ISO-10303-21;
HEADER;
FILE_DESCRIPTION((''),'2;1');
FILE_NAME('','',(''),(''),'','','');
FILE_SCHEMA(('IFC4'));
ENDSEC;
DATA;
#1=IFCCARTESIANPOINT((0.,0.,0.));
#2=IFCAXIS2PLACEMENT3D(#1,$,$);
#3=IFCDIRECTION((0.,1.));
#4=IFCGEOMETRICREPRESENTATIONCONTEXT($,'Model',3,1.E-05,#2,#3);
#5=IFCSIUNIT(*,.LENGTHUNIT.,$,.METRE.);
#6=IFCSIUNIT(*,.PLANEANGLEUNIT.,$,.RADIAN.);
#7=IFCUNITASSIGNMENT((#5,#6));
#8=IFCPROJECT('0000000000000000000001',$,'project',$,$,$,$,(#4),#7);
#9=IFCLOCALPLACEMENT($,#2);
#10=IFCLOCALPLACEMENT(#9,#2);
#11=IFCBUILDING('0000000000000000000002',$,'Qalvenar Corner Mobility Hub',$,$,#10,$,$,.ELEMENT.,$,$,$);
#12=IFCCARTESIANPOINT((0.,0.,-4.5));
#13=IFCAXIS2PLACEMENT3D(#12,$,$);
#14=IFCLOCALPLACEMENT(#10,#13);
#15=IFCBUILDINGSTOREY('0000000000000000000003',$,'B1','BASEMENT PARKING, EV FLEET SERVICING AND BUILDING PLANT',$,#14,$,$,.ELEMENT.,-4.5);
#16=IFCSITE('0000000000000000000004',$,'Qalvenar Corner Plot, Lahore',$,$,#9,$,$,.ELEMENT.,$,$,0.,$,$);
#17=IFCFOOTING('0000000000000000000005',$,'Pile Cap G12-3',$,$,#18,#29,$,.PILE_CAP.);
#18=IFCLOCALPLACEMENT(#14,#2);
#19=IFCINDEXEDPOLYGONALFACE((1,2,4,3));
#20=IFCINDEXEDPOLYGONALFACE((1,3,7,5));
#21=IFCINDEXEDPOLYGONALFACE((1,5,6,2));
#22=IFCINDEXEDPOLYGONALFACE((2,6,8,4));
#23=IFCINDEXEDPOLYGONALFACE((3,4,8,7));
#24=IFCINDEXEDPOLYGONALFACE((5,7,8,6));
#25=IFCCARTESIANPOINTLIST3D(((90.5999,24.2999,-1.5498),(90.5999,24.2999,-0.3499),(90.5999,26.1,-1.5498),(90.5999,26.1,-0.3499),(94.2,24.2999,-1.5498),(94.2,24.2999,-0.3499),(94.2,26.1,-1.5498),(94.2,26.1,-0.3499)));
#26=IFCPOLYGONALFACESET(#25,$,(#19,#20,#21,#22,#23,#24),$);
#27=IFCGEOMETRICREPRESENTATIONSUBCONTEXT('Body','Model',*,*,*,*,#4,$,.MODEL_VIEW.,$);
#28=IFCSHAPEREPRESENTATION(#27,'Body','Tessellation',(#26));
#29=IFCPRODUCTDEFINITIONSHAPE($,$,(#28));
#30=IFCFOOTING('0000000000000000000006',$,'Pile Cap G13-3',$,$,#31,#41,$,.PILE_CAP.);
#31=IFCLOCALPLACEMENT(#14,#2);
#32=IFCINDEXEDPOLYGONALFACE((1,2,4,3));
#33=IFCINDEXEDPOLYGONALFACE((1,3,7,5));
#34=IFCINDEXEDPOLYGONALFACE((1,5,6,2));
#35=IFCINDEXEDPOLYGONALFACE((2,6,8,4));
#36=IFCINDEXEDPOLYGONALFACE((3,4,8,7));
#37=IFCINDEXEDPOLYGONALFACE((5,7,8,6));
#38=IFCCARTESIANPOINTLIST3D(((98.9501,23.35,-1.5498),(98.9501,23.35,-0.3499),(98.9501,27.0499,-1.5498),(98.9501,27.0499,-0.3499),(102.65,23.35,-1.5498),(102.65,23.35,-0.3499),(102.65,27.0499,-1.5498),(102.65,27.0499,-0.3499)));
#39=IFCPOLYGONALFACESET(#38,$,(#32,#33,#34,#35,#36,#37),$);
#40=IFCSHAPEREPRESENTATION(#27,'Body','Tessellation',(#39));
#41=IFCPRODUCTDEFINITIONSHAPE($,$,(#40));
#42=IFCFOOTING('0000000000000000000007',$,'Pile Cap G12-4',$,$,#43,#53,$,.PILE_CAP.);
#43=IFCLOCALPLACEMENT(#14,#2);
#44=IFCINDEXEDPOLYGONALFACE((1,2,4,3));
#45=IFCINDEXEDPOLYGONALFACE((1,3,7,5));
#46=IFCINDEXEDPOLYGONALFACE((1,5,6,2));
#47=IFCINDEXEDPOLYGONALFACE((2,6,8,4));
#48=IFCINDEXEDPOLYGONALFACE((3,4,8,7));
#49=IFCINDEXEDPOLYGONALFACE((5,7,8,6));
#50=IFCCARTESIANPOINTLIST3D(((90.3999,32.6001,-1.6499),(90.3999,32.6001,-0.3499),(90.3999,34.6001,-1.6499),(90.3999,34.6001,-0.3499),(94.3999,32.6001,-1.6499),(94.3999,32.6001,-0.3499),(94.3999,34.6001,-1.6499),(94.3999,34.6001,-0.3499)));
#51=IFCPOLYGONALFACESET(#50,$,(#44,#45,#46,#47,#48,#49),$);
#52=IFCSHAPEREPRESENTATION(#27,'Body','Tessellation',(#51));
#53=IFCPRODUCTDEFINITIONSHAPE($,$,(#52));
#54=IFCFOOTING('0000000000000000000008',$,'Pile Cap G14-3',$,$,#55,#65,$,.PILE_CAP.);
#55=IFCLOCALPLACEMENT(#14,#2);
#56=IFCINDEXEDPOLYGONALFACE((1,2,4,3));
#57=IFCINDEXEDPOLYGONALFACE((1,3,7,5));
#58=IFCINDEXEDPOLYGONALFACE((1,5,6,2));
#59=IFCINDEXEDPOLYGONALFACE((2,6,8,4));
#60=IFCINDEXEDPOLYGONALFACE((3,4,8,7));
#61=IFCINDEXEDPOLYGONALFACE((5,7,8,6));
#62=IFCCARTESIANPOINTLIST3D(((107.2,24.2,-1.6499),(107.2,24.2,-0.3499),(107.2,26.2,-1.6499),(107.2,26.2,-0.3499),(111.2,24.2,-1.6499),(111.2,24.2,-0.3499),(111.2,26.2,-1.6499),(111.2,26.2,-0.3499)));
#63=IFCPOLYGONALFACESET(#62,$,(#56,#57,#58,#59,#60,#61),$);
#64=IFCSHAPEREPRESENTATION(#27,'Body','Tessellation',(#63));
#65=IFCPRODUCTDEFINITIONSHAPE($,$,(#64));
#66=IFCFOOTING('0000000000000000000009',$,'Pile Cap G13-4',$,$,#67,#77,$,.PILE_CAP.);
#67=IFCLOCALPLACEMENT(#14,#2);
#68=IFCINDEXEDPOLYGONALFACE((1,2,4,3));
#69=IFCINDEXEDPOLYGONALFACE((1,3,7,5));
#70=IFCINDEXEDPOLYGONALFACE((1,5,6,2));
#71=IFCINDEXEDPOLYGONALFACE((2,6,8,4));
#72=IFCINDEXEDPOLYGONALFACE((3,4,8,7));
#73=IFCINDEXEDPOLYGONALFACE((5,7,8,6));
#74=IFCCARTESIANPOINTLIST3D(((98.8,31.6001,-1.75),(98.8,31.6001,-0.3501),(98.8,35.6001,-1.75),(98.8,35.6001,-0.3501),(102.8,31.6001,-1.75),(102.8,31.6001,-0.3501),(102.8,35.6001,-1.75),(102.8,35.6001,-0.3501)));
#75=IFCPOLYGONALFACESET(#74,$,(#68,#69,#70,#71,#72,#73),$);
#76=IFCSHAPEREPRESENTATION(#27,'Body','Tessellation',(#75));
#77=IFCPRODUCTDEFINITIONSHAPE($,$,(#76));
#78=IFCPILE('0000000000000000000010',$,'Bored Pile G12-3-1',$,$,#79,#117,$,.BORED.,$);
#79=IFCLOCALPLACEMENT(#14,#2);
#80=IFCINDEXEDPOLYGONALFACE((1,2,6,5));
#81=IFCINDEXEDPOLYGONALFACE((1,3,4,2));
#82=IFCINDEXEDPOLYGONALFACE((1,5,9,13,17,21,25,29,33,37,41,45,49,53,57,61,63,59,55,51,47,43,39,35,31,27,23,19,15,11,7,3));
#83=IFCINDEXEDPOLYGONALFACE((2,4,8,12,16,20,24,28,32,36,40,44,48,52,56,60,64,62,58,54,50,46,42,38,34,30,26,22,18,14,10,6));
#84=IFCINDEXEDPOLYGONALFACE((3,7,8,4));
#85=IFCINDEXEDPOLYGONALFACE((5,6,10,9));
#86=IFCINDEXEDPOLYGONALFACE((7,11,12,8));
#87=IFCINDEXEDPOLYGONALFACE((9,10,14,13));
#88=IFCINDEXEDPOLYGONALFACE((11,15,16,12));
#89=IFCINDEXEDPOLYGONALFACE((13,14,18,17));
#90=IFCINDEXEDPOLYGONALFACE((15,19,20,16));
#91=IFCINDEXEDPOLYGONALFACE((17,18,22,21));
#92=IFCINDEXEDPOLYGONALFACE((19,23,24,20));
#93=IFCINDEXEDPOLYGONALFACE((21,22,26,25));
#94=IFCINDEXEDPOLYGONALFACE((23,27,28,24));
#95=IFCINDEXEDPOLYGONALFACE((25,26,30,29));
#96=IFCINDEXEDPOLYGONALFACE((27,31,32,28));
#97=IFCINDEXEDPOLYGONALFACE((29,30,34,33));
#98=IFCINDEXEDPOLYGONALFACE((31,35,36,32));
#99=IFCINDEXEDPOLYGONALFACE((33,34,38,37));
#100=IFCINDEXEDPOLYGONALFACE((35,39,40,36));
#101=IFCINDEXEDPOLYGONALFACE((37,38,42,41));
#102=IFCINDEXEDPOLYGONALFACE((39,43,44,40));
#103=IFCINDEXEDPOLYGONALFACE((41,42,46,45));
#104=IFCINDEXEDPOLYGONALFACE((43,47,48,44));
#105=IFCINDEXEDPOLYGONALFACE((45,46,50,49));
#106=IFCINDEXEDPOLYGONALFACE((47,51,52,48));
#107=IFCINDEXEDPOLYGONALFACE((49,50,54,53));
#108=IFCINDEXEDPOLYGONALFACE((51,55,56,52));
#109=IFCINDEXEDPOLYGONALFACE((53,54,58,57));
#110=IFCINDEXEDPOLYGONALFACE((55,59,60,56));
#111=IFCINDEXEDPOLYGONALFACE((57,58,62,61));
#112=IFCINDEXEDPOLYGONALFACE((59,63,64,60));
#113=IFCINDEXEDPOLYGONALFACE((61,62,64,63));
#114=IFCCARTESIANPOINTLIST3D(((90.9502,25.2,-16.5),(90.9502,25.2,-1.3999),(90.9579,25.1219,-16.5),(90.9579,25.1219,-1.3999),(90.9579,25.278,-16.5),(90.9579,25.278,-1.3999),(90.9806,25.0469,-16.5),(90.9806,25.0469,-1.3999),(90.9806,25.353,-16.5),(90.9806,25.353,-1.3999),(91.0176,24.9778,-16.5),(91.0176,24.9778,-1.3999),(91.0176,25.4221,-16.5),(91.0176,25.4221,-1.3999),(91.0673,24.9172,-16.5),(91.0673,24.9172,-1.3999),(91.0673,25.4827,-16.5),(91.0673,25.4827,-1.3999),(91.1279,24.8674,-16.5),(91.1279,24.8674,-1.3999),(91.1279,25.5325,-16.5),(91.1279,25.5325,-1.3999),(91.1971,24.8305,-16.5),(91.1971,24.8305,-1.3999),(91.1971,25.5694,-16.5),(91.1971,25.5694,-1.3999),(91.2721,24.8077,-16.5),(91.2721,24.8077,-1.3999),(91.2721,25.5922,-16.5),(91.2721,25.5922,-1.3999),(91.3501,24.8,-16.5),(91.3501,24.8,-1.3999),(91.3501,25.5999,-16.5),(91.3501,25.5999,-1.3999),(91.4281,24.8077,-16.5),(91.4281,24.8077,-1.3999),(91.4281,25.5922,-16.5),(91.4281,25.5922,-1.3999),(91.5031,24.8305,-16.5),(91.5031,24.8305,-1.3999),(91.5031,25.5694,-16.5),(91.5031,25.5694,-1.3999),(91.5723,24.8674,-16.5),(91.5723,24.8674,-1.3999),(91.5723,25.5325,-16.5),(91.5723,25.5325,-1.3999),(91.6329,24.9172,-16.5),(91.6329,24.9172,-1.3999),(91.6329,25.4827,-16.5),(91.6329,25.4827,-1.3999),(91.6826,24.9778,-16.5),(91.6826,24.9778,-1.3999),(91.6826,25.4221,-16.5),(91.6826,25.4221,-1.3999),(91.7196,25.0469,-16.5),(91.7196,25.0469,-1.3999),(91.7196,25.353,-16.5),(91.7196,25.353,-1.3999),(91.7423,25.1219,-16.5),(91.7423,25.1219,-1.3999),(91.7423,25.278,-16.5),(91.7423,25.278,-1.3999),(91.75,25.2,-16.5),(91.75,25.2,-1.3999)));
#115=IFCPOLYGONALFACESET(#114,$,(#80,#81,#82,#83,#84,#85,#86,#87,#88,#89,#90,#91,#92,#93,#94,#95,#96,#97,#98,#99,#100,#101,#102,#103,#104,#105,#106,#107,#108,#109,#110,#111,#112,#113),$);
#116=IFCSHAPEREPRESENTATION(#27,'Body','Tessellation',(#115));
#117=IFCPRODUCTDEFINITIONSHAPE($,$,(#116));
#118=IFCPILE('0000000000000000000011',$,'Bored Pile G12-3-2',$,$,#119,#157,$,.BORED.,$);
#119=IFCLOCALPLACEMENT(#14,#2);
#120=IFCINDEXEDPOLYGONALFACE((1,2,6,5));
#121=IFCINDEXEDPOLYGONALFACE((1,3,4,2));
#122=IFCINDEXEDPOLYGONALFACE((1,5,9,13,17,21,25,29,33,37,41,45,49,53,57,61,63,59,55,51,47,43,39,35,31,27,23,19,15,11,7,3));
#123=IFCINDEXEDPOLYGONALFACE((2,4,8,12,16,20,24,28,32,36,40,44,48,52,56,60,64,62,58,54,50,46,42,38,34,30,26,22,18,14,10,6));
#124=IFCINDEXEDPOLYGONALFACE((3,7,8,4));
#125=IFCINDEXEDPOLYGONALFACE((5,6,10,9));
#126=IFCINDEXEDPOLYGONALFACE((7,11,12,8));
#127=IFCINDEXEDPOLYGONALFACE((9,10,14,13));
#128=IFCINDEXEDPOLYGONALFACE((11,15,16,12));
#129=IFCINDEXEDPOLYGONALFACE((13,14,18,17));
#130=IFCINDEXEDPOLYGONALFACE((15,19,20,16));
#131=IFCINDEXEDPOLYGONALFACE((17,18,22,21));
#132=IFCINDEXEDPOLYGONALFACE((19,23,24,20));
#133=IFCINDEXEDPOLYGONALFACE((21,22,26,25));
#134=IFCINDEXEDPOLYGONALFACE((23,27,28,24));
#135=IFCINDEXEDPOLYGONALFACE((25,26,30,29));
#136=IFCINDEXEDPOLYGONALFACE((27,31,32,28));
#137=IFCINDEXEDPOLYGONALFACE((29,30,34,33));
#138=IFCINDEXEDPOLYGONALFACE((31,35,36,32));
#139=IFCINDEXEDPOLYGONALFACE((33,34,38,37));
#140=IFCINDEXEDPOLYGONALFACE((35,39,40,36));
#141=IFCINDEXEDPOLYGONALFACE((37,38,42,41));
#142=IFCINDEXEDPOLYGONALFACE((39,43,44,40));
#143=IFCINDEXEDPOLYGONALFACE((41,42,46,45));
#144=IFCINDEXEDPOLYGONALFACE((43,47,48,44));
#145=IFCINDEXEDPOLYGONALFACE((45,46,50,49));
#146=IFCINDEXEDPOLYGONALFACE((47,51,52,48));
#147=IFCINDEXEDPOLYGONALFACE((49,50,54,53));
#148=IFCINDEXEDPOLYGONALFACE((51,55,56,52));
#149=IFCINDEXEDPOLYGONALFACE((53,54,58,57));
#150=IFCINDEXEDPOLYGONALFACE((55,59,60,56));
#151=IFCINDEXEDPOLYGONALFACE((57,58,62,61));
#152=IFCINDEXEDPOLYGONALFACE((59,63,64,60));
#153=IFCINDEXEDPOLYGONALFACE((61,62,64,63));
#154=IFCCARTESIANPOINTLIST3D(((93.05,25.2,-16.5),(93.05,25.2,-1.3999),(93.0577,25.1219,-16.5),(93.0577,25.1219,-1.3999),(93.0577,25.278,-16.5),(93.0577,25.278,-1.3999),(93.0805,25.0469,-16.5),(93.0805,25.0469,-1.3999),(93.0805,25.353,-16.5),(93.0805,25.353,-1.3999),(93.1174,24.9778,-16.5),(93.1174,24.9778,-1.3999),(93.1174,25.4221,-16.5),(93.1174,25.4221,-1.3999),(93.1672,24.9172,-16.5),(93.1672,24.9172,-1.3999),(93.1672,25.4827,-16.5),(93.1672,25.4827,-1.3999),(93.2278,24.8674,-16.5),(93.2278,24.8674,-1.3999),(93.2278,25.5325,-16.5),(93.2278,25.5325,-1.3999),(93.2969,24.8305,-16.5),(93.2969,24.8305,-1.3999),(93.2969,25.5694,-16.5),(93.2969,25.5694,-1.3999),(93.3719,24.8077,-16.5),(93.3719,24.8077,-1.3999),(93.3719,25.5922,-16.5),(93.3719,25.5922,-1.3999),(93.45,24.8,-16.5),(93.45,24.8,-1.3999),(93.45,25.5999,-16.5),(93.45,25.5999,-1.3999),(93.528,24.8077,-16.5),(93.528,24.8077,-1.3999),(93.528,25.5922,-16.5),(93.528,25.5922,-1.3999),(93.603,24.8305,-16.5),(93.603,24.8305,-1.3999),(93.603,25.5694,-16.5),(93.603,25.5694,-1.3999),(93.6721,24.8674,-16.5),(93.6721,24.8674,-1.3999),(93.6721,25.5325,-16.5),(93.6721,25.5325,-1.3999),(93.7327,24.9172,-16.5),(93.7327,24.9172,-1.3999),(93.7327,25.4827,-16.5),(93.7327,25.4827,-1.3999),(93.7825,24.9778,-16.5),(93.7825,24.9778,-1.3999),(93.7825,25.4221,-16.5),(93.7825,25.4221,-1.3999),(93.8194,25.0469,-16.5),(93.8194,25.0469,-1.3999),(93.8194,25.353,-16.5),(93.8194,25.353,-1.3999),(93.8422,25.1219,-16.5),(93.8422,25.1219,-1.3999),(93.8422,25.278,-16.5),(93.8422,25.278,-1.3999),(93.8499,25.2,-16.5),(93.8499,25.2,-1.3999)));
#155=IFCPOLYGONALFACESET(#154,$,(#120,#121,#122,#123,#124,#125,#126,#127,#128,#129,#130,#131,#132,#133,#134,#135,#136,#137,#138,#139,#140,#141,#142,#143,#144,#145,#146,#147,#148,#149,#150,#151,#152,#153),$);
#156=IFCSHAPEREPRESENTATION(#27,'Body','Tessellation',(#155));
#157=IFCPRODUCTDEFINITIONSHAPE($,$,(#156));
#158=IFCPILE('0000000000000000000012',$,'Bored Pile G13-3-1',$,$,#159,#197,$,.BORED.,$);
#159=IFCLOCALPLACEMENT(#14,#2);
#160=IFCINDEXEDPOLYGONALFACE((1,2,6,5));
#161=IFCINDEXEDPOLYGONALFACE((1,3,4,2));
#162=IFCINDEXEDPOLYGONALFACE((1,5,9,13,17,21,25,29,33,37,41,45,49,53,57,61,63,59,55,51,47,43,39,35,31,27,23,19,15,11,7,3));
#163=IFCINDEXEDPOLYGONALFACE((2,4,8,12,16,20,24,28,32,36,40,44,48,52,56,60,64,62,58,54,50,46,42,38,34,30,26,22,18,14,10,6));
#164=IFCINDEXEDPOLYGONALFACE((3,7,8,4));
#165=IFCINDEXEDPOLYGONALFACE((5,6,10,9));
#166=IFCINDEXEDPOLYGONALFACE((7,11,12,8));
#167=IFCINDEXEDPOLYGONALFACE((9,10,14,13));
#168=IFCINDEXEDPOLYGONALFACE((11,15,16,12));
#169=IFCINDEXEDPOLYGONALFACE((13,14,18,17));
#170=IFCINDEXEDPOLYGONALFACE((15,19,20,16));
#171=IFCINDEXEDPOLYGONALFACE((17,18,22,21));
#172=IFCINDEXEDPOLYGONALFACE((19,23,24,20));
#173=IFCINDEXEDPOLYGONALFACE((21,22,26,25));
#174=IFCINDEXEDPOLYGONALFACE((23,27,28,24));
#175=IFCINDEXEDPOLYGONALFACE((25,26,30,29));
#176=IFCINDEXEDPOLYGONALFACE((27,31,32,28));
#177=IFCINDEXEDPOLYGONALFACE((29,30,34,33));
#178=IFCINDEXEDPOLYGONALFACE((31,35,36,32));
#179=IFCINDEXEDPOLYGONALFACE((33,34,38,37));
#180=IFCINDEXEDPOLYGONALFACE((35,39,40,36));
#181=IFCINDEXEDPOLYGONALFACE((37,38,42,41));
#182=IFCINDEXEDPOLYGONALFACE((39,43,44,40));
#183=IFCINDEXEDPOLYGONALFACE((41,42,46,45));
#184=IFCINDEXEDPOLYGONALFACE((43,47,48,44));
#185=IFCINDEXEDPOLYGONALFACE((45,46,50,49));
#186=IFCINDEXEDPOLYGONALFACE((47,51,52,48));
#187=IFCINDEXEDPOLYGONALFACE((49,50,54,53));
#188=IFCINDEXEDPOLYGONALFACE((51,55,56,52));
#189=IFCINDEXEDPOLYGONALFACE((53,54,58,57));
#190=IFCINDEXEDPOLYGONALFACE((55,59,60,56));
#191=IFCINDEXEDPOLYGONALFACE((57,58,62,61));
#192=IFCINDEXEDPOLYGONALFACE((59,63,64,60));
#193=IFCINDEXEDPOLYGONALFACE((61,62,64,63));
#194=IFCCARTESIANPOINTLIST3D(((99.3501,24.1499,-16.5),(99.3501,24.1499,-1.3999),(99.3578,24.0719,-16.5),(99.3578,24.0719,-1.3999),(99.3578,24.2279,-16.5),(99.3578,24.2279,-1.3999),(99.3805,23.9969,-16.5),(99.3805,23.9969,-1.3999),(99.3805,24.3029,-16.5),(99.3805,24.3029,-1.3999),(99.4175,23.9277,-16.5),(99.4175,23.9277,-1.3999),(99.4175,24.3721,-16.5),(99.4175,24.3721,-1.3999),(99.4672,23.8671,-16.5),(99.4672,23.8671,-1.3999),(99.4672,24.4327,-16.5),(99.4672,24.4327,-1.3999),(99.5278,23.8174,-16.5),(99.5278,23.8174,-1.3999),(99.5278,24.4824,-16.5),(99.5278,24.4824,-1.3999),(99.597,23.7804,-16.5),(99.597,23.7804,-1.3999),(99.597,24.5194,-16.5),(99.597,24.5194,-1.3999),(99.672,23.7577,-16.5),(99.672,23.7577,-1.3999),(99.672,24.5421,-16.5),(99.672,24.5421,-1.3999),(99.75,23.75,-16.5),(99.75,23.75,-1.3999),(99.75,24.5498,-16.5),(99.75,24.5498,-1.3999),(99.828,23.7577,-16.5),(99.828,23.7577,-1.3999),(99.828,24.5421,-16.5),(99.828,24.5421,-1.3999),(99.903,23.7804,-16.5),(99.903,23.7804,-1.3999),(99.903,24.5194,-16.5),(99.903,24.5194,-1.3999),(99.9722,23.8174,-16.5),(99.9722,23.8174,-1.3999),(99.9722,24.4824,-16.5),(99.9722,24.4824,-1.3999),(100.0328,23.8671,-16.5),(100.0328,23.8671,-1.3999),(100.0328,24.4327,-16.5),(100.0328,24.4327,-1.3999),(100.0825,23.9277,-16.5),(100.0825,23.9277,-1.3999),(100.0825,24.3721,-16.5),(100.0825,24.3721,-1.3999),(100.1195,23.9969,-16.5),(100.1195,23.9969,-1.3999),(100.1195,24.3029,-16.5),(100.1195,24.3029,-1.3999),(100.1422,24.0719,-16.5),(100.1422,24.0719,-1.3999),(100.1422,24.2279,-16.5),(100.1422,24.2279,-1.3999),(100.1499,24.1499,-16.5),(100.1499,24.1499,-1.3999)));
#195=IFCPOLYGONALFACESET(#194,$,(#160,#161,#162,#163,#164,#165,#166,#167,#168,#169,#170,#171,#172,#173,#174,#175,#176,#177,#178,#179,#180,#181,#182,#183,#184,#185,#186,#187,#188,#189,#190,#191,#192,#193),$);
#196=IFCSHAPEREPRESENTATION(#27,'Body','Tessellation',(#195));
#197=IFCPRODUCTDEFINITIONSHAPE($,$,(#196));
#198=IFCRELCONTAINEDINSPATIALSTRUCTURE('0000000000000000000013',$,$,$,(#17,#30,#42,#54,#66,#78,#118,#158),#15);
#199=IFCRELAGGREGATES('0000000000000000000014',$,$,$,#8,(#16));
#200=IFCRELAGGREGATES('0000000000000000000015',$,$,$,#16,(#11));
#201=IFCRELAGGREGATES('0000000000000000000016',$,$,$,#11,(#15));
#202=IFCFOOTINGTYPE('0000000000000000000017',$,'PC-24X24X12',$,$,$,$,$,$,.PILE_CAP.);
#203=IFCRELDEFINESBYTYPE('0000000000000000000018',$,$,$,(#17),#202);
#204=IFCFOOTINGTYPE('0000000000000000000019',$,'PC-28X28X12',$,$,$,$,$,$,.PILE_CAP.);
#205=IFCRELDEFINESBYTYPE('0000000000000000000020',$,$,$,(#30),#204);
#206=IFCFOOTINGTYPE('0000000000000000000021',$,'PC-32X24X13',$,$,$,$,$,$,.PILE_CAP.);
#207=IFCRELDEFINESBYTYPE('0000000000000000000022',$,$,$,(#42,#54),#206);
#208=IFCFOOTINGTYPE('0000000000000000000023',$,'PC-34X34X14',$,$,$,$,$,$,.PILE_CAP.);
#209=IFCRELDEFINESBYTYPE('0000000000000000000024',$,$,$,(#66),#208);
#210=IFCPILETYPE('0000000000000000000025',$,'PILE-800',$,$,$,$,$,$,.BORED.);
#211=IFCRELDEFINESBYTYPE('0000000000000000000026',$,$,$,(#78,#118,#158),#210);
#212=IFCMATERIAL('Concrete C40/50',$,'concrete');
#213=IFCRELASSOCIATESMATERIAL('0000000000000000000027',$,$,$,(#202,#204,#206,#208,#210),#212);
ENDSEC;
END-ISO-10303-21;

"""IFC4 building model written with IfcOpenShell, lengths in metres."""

from ifc_helpers import new_model, si_unit, direction, frame, origin, origin_2d, place, context, subcontext, project, spatial, rectangle, circle, extrude, material, material_profile, profile_set, type_object, element, save


model = new_model("IFC4")

# Units and contexts
model_context = context("Model", 3, precision=1e-05, world=origin(), true_north=direction((0.0, 1.0)))
body_context = subcontext(model_context, "Body", "Model", "MODEL_VIEW")
ifc_project = project(units=[si_unit("LENGTHUNIT", "METRE"), si_unit("PLANEANGLEUNIT", "RADIAN")], contexts=[model_context])

# Site, building, storey
site_placement = place(None, origin())
site = spatial("IfcSite", under=ifc_project, at=site_placement, Name="Qalvenar Corner Plot, Lahore", CompositionType="ELEMENT", RefElevation=0.0)
building_placement = place(site_placement, origin())
building = spatial("IfcBuilding", under=site, at=building_placement, Name="Qalvenar Corner Mobility Hub", CompositionType="ELEMENT")
storey_placement = place(building_placement, frame((0.0, 0.0, -4.5)))
storey = spatial("IfcBuildingStorey", under=building, at=storey_placement, Name="B1", Description="BASEMENT PARKING, EV FLEET SERVICING AND BUILDING PLANT", CompositionType="ELEMENT", Elevation=-4.5)

# Footings
ifc_material_1 = material(Name="Concrete C40/50", Category="concrete")
footing_type_1 = type_object("IfcFootingType", Name="PC-24X24X12", PredefinedType="PILE_CAP", material=ifc_material_1)
footing_1_placement = place(storey_placement, frame((92.3999, 25.2, -1.5498), z_axis=(0.0, 0.0, 1.0), x_axis=(1.0, 0.0, 0.0)))
element("IfcFooting", 1, at=footing_1_placement, inside=storey, type_object=footing_type_1, Name="Pile Cap G12-3", PredefinedType="PILE_CAP", context=body_context, shape_type="SweptSolid", body=[
    extrude(rectangle(XDim=3.6001, YDim=1.8, at=origin_2d()), origin(), (0.0, 0.0, 1.0), 1.2),
])
footing_type_2 = type_object("IfcFootingType", Name="PC-28X28X12", PredefinedType="PILE_CAP", material=ifc_material_1)
footing_2_placement = place(storey_placement, frame((100.8, 25.2, -1.5498), z_axis=(0.0, 0.0, 1.0), x_axis=(1.0, 0.0, 0.0)))
element("IfcFooting", 2, at=footing_2_placement, inside=storey, type_object=footing_type_2, Name="Pile Cap G13-3", PredefinedType="PILE_CAP", context=body_context, shape_type="SweptSolid", body=[
    extrude(rectangle(XDim=3.7, YDim=3.7, at=origin_2d()), origin(), (0.0, 0.0, 1.0), 1.2),
])
footing_type_3 = type_object("IfcFootingType", Name="PC-32X24X13", PredefinedType="PILE_CAP", material=ifc_material_1)
for number, where, z_axis, x_axis, name in (
    (3, (92.3999, 33.6001, -1.6499), (0.0, 0.0, 1.0), (1.0, 0.0, 0.0), "Pile Cap G12-4"),
    (4, (109.2, 25.2, -1.6499), (0.0, 0.0, 1.0), (1.0, 0.0, 0.0), "Pile Cap G14-3"),
):
    element("IfcFooting", number, at=place(storey_placement, frame(where, z_axis=z_axis, x_axis=x_axis)), inside=storey, type_object=footing_type_3, Name=name, PredefinedType="PILE_CAP", context=body_context, shape_type="SweptSolid", body=[
        extrude(rectangle(XDim=4.0, YDim=2.0, at=origin_2d()), origin(), (0.0, 0.0, 1.0), 1.3),
    ])
footing_type_4 = type_object("IfcFootingType", Name="PC-34X34X14", PredefinedType="PILE_CAP", material=ifc_material_1)
footing_3_placement = place(storey_placement, frame((100.8, 33.6001, -1.75), z_axis=(0.0, 0.0, 1.0), x_axis=(1.0, 0.0, 0.0)))
element("IfcFooting", 5, at=footing_3_placement, inside=storey, type_object=footing_type_4, Name="Pile Cap G13-4", PredefinedType="PILE_CAP", context=body_context, shape_type="SweptSolid", body=[
    extrude(rectangle(XDim=4.0, YDim=4.0, at=origin_2d()), origin(), (0.0, 0.0, 1.0), 1.3999),
])

# Piles
ifc_material_profile_1 = material_profile(ifc_material_1, circle(Radius=0.3999, at=origin_2d()), Name="DIA800")
ifc_profile_set_1 = profile_set([ifc_material_profile_1], Name="Concrete C40/50")
pile_type_1 = type_object("IfcPileType", Name="PILE-800", PredefinedType="BORED", material=ifc_profile_set_1)
for number, where, z_axis, x_axis, name in (
    (6, (91.3501, 25.2, -1.3999), (0.0, 0.0, -1.0), (1.0, 0.0, 0.0), "Bored Pile G12-3-1"),
    (7, (93.45, 25.2, -1.3999), (0.0, 0.0, -1.0), (1.0, 0.0, 0.0), "Bored Pile G12-3-2"),
    (8, (99.75, 24.1499, -1.3999), (0.0, 0.0, -1.0), (1.0, 0.0, 0.0), "Bored Pile G13-3-1"),
):
    element("IfcPile", number, at=place(storey_placement, frame(where, z_axis=z_axis, x_axis=x_axis)), inside=storey, type_object=pile_type_1, Name=name, PredefinedType="BORED", context=body_context, shape_type="SweptSolid", body=[
        extrude(circle(Radius=0.3999, at=origin_2d()), origin(), (0.0, 0.0, 1.0), 15.1001),
    ])

save(model, "model.ifc")
